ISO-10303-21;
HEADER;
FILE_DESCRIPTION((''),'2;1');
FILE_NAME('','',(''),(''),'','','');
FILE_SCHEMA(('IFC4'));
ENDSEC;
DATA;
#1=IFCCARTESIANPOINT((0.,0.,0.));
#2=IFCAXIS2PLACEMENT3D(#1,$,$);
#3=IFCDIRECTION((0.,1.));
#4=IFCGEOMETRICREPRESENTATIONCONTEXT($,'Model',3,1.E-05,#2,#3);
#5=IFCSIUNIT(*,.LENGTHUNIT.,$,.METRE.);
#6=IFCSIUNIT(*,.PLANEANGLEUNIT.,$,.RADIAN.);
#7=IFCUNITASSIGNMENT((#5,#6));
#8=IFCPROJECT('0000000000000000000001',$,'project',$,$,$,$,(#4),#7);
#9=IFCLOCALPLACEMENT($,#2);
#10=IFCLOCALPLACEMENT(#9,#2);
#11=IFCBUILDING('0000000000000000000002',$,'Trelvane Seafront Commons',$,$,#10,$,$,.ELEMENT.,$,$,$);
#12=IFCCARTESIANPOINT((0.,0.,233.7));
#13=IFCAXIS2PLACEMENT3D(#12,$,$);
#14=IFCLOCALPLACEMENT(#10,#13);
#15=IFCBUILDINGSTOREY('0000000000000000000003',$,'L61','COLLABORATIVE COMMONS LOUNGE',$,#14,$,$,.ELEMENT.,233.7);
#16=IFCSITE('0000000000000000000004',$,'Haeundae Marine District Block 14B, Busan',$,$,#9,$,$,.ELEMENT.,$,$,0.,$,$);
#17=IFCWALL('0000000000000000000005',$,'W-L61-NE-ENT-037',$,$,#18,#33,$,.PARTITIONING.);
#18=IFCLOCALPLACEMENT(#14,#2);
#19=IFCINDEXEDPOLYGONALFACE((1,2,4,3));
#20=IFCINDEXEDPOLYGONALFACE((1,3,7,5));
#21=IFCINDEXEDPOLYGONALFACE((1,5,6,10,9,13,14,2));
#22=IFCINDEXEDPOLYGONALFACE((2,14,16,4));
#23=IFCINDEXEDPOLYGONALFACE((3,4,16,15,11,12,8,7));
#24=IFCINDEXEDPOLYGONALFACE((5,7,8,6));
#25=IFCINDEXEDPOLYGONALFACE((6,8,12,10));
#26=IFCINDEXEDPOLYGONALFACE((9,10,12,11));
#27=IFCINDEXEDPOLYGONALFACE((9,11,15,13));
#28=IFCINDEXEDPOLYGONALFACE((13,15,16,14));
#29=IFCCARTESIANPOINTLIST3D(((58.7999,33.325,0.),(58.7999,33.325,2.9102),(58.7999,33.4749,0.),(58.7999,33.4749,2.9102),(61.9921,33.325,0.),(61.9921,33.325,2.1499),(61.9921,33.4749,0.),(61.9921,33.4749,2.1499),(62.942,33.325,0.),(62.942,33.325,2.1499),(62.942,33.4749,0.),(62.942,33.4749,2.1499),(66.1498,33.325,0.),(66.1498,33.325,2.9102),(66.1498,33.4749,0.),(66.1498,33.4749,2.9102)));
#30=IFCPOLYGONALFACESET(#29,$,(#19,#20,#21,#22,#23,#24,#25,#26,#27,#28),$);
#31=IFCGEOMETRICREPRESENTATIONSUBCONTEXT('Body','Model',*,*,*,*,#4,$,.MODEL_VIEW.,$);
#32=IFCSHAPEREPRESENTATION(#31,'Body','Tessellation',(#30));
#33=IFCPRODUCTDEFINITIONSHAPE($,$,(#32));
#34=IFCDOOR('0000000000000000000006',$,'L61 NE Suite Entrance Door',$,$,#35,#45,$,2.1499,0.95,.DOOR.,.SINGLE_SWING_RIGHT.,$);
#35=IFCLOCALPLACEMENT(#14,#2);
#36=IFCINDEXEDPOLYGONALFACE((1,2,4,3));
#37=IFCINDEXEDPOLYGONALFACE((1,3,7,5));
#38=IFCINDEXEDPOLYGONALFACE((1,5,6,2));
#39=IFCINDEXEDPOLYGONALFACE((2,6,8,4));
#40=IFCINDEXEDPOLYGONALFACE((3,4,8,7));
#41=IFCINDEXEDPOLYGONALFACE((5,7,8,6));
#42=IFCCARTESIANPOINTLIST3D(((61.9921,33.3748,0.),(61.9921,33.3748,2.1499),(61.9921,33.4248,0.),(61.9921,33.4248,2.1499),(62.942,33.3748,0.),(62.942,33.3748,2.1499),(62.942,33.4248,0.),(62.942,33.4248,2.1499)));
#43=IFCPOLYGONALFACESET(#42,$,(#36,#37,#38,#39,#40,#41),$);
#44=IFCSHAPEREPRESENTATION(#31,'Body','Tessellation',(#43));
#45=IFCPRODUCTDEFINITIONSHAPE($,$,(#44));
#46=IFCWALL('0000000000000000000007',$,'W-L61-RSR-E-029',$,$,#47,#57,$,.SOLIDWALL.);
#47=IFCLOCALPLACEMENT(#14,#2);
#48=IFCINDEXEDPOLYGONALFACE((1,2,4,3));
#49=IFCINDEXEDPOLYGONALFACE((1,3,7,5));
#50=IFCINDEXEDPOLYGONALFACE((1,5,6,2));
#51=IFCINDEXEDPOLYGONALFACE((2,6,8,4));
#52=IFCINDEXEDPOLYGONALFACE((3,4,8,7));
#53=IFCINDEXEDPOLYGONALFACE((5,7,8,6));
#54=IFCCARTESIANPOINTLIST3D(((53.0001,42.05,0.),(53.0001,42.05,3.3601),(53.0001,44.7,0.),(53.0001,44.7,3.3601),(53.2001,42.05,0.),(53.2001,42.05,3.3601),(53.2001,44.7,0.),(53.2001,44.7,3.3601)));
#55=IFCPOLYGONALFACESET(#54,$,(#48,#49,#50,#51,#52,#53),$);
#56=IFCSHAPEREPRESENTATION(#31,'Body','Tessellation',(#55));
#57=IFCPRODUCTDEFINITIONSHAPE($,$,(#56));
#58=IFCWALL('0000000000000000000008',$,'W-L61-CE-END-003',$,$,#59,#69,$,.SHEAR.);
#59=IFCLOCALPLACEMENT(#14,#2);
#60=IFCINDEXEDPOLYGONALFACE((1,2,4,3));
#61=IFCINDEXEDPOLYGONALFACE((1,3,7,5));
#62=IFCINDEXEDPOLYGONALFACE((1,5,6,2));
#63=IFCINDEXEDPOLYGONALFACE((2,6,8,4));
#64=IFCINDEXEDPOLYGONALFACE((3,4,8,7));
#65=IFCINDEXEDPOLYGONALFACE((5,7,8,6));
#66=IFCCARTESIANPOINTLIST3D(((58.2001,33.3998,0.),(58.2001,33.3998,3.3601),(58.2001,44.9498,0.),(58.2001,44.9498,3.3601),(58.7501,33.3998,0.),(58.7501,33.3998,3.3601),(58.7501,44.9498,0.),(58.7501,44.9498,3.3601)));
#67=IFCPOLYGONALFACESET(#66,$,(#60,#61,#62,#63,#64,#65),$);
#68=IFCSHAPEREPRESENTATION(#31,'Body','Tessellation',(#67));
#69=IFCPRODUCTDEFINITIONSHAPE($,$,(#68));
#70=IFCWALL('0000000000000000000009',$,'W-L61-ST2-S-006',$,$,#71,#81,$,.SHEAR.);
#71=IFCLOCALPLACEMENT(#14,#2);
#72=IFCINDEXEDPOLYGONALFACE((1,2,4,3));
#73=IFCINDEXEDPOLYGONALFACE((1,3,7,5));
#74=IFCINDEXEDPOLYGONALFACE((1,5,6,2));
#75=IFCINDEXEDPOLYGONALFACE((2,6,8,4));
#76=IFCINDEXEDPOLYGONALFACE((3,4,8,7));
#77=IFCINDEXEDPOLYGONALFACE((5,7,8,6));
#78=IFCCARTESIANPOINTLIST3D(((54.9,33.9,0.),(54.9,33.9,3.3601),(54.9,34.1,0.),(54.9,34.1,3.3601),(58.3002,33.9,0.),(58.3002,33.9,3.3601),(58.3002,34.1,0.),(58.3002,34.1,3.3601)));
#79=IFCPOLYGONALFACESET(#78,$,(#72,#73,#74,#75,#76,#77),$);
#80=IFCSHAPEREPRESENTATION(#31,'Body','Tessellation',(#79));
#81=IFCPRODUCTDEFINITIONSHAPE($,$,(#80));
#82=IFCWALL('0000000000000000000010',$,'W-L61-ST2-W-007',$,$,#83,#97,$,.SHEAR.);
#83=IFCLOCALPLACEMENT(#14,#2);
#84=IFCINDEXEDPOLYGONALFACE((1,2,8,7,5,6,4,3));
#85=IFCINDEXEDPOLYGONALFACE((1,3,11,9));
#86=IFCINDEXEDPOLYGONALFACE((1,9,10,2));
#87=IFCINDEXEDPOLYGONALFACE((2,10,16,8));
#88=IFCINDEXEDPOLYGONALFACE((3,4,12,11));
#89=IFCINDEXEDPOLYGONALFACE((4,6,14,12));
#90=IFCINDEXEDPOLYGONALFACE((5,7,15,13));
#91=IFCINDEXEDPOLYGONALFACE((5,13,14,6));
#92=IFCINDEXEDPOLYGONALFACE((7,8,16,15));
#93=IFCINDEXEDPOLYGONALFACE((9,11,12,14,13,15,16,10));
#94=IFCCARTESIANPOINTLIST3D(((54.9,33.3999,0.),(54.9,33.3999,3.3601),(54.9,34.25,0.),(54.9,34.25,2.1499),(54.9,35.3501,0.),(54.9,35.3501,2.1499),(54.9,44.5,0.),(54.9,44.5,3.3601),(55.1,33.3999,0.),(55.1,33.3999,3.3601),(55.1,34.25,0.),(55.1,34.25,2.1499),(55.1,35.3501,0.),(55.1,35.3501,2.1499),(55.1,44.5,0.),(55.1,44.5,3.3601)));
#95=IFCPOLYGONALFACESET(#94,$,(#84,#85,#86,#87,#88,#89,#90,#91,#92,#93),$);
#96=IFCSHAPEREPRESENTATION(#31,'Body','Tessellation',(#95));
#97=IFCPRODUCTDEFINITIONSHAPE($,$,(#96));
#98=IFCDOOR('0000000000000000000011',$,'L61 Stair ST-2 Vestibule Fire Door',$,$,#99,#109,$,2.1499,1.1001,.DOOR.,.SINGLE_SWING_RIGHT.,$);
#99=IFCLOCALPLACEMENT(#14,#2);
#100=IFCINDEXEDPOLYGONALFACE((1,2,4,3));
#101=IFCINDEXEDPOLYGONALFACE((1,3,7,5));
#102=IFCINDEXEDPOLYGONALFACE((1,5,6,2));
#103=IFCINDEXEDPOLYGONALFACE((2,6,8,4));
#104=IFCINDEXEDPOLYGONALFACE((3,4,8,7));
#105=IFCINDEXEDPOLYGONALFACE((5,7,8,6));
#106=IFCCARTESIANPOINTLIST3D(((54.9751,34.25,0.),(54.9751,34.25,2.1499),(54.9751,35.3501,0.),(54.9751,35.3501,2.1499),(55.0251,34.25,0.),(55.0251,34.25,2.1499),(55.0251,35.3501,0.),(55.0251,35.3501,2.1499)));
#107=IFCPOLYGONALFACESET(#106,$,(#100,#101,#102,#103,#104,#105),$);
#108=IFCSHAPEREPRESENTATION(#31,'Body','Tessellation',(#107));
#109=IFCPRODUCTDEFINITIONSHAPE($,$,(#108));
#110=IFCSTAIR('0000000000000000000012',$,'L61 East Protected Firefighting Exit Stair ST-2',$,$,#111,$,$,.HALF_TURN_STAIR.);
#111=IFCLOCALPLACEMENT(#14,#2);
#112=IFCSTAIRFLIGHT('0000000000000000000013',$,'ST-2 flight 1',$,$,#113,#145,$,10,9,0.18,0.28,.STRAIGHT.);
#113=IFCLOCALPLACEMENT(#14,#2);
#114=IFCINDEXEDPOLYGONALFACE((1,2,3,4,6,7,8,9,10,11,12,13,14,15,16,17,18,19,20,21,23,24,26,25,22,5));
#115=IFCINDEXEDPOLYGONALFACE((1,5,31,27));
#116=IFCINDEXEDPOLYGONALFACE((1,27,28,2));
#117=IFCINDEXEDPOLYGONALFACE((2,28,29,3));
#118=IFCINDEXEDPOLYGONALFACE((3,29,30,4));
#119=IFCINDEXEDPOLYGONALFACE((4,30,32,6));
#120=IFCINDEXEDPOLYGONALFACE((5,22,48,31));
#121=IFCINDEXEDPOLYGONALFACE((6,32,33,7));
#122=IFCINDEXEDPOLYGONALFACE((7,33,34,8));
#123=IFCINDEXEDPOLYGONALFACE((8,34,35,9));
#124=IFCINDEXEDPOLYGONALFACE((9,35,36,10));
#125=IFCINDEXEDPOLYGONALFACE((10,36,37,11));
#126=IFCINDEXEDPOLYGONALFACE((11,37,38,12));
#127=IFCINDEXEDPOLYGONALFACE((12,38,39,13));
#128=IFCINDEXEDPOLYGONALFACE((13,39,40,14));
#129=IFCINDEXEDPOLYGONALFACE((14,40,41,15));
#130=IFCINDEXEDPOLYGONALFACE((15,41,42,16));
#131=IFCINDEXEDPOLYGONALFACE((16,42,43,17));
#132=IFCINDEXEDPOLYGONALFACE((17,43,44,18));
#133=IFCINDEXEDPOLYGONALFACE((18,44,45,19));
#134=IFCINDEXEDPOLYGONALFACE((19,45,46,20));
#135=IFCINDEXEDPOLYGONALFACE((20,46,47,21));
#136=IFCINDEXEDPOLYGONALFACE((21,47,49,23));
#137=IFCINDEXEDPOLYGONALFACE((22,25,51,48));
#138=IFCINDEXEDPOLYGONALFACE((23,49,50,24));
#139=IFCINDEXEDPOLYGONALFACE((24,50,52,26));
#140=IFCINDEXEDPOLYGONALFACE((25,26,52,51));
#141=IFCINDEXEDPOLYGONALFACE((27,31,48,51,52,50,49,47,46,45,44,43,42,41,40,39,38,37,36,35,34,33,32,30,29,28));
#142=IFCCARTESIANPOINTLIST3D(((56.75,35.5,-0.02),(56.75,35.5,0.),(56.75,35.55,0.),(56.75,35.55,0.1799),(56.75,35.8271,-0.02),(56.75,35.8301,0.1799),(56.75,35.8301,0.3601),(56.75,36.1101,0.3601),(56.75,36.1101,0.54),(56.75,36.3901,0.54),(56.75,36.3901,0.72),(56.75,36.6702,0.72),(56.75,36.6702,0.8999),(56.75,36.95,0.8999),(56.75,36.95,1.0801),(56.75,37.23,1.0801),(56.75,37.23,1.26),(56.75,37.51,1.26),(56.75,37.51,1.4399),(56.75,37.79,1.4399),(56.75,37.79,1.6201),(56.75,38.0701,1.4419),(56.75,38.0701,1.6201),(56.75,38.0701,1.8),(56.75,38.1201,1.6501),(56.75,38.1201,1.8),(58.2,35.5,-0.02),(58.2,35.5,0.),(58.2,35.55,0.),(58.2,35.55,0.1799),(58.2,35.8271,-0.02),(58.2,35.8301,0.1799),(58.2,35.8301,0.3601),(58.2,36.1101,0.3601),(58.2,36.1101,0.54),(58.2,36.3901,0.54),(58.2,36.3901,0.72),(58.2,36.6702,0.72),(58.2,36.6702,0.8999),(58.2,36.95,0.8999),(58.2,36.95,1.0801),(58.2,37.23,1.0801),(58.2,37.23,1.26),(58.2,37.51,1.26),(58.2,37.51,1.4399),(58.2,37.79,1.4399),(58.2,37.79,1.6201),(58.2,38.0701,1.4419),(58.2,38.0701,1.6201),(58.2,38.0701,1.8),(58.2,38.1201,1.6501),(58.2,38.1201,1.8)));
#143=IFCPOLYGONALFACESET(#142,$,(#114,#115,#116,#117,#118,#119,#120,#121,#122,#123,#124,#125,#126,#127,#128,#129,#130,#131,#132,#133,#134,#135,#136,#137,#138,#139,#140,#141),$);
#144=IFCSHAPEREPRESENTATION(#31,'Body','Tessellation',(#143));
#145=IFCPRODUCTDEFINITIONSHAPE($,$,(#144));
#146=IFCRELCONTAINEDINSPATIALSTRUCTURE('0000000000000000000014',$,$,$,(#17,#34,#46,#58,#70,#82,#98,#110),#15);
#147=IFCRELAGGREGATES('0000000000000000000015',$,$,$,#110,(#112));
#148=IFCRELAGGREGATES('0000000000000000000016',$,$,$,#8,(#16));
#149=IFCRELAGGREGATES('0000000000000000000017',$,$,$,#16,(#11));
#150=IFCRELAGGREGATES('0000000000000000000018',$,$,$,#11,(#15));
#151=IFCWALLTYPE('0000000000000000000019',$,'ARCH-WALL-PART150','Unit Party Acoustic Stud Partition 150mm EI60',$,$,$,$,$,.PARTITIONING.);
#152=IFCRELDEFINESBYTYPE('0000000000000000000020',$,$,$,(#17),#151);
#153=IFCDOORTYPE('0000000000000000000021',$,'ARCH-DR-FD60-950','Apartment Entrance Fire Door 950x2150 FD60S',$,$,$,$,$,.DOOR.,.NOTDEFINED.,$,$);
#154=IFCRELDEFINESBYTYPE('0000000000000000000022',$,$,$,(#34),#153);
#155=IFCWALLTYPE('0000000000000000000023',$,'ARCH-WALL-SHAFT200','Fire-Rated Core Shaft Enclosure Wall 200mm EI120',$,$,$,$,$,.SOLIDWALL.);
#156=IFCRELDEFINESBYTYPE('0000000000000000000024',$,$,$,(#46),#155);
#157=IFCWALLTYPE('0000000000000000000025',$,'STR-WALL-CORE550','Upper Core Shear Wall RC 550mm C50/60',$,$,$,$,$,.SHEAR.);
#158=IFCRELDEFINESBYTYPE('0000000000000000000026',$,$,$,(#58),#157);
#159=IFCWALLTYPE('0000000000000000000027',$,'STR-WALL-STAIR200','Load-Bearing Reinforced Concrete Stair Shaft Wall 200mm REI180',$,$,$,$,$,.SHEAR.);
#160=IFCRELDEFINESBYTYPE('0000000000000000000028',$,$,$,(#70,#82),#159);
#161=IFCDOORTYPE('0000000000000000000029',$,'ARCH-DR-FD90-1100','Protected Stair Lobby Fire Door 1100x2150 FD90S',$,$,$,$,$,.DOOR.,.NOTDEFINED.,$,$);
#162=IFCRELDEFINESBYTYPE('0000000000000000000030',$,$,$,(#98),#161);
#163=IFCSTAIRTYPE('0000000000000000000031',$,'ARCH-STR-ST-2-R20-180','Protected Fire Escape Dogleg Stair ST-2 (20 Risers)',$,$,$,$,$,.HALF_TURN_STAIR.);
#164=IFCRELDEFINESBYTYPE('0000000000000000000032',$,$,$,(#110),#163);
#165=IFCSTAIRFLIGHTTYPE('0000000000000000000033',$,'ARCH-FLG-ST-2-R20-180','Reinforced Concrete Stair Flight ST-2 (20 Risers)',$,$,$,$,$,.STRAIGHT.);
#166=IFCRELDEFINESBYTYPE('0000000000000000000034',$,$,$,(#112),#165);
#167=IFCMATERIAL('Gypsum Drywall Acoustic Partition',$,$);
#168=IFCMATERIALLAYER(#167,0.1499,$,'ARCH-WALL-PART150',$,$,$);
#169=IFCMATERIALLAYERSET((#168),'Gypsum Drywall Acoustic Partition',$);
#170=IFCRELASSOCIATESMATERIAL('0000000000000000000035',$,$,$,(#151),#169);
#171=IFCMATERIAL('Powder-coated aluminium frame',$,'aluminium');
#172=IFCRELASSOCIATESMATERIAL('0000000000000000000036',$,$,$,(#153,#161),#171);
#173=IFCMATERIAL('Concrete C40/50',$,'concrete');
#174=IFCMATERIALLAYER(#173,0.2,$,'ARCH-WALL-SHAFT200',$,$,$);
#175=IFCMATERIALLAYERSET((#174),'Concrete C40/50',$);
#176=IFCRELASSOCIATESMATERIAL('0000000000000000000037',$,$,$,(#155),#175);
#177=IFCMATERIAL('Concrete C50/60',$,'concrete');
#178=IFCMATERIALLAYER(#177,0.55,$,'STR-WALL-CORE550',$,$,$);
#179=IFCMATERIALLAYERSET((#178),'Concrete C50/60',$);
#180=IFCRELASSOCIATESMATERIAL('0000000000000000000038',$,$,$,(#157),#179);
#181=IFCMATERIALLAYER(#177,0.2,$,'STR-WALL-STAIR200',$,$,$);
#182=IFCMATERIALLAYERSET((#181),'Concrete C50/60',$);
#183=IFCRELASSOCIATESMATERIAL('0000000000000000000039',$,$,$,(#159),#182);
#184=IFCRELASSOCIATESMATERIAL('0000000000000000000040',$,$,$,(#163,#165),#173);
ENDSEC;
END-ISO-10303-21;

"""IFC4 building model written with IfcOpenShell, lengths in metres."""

from ifc_helpers import new_model, si_unit, direction, frame, frame_2d, origin, place, context, subcontext, project, spatial, polyline, rectangle, outline, extrude, source, transform, mapped, material, layer, layer_set, type_object, element, fill, aggregate, save


model = new_model("IFC4")

# Units and contexts
model_context = context("Model", 3, precision=1e-05, world=origin(), true_north=direction((0.0, 1.0)))
body_context = subcontext(model_context, "Body", "Model", "MODEL_VIEW")
ifc_project = project(units=[si_unit("LENGTHUNIT", "METRE"), si_unit("PLANEANGLEUNIT", "RADIAN")], contexts=[model_context])

# Site, building, storey
site_placement = place(None, origin())
site = spatial("IfcSite", under=ifc_project, at=site_placement, Name="Haeundae Marine District Block 14B, Busan", CompositionType="ELEMENT", RefElevation=0.0)
building_placement = place(site_placement, origin())
building = spatial("IfcBuilding", under=site, at=building_placement, Name="Trelvane Seafront Commons", CompositionType="ELEMENT")
storey_placement = place(building_placement, frame((0.0, 0.0, 233.7)))
storey = spatial("IfcBuildingStorey", under=building, at=storey_placement, Name="L61", Description="COLLABORATIVE COMMONS LOUNGE", CompositionType="ELEMENT", Elevation=233.7)

# Shared definitions
ifc_material_1 = material(Name="Concrete C50/60", Category="concrete")

# Shared definitions
ifc_material_2 = material(Name="Concrete C40/50", Category="concrete")

# Wall, opening, door
ifc_material_3 = material(Name="Gypsum Drywall Acoustic Partition")
ifc_layer_1 = layer(ifc_material_3, 0.1499, Name="ARCH-WALL-PART150")
ifc_layer_set_1 = layer_set([ifc_layer_1], Name="Gypsum Drywall Acoustic Partition")
wall_type_1 = type_object("IfcWallType", Name="ARCH-WALL-PART150", Description="Unit Party Acoustic Stud Partition 150mm EI60", PredefinedType="PARTITIONING", material=ifc_layer_set_1)
wall_1_placement = place(storey_placement, frame((58.8, 33.3999, 0.0), z_axis=(0.0, 0.0, 1.0), x_axis=(1.0, 0.0, 0.0)))
wall_1 = element("IfcWall", 1, at=wall_1_placement, inside=storey, type_object=wall_type_1, Name="W-L61-NE-ENT-037", PredefinedType="PARTITIONING", context=body_context, shape_type="SweptSolid", body=[
    extrude(rectangle(XDim=7.3499, YDim=0.1499, at=frame_2d((3.6748, 0.0))), origin(), (0.0, 0.0, 1.0), 2.9102),
])
opening_1_placement = place(wall_1_placement, frame((3.1919, 0.0, 0.0)))
opening_1 = element("IfcOpeningElement", 2, at=opening_1_placement, cuts=wall_1, PredefinedType="OPENING", context=body_context, shape_type="SweptSolid", body=[
    extrude(rectangle(XDim=0.95, YDim=2.1499, at=frame_2d((0.4751, 1.075))), frame((0.0, 0.085, 0.0), z_axis=(0.0, -1.0, 0.0), x_axis=(1.0, 0.0, 0.0)), (0.0, 0.0, 1.0), 0.1699),
])
ifc_material_4 = material(Name="Powder-coated aluminium frame", Category="aluminium")
door_type_1 = type_object("IfcDoorType", Name="ARCH-DR-FD60-950", Description="Apartment Entrance Fire Door 950x2150 FD60S", OperationType="NOTDEFINED", PredefinedType="DOOR", material=ifc_material_4)
shared_shape_1 = source(origin(), body_context, "Body", "SweptSolid", [
    extrude(rectangle(XDim=0.95, YDim=2.1499, at=frame_2d((0.4751, 1.075))), frame((0.0, 0.0249, 0.0), z_axis=(0.0, -1.0, 0.0), x_axis=(1.0, 0.0, 0.0)), (0.0, 0.0, 1.0), 0.05),
])
door_1_placement = place(opening_1_placement, origin())
door_1 = element("IfcDoor", 3, at=door_1_placement, inside=storey, type_object=door_type_1, Name="L61 NE Suite Entrance Door", OperationType="SINGLE_SWING_RIGHT", OverallHeight=2.1499, OverallWidth=0.95, PredefinedType="DOOR", context=body_context, shape_type="MappedRepresentation", body=[
    mapped(shared_shape_1, transform((0.0, 0.0, 0.0), x_axis=(1.0, 0.0, 0.0), y_axis=(0.0, 1.0, 0.0), z_axis=(0.0, 0.0, 1.0), scale=1.0)),
])
fill(opening_1, door_1)

# Walls
ifc_layer_2 = layer(ifc_material_2, 0.2, Name="ARCH-WALL-SHAFT200")
ifc_layer_set_2 = layer_set([ifc_layer_2], Name="Concrete C40/50")
wall_type_2 = type_object("IfcWallType", Name="ARCH-WALL-SHAFT200", Description="Fire-Rated Core Shaft Enclosure Wall 200mm EI120", PredefinedType="SOLIDWALL", material=ifc_layer_set_2)
wall_2_placement = place(storey_placement, frame((53.1001, 42.05, 0.0), z_axis=(0.0, 0.0, 1.0), x_axis=(0.0, 1.0, 0.0)))
element("IfcWall", 4, at=wall_2_placement, inside=storey, type_object=wall_type_2, Name="W-L61-RSR-E-029", PredefinedType="SOLIDWALL", context=body_context, shape_type="SweptSolid", body=[
    extrude(rectangle(XDim=2.6499, YDim=0.2, at=frame_2d((1.325, 0.0))), origin(), (0.0, 0.0, 1.0), 3.3601),
])
ifc_layer_3 = layer(ifc_material_1, 0.55, Name="STR-WALL-CORE550")
ifc_layer_set_3 = layer_set([ifc_layer_3], Name="Concrete C50/60")
wall_type_3 = type_object("IfcWallType", Name="STR-WALL-CORE550", Description="Upper Core Shear Wall RC 550mm C50/60", PredefinedType="SHEAR", material=ifc_layer_set_3)
wall_3_placement = place(storey_placement, frame((58.4751, 33.3999, 0.0), z_axis=(0.0, 0.0, 1.0), x_axis=(0.0, 1.0, 0.0)))
element("IfcWall", 5, at=wall_3_placement, inside=storey, type_object=wall_type_3, Name="W-L61-CE-END-003", PredefinedType="SHEAR", context=body_context, shape_type="SweptSolid", body=[
    extrude(rectangle(XDim=11.55, YDim=0.55, at=frame_2d((5.7749, 0.0))), origin(), (0.0, 0.0, 1.0), 3.3601),
])
ifc_layer_4 = layer(ifc_material_1, 0.2, Name="STR-WALL-STAIR200")
ifc_layer_set_4 = layer_set([ifc_layer_4], Name="Concrete C50/60")
wall_type_4 = type_object("IfcWallType", Name="STR-WALL-STAIR200", Description="Load-Bearing Reinforced Concrete Stair Shaft Wall 200mm REI180", PredefinedType="SHEAR", material=ifc_layer_set_4)
wall_4_placement = place(storey_placement, frame((54.8999, 34.0, 0.0), z_axis=(0.0, 0.0, 1.0), x_axis=(1.0, 0.0, 0.0)))
element("IfcWall", 6, at=wall_4_placement, inside=storey, type_object=wall_type_4, Name="W-L61-ST2-S-006", PredefinedType="SHEAR", context=body_context, shape_type="SweptSolid", body=[
    extrude(rectangle(XDim=3.4001, YDim=0.2, at=frame_2d((1.7002, 0.0))), origin(), (0.0, 0.0, 1.0), 3.3601),
])

# Wall, opening, door
wall_5_placement = place(storey_placement, frame((55.0, 33.3999, 0.0), z_axis=(0.0, 0.0, 1.0), x_axis=(0.0, 1.0, 0.0)))
wall_5 = element("IfcWall", 7, at=wall_5_placement, inside=storey, type_object=wall_type_4, Name="W-L61-ST2-W-007", PredefinedType="SHEAR", context=body_context, shape_type="SweptSolid", body=[
    extrude(rectangle(XDim=11.1001, YDim=0.2, at=frame_2d((5.55, 0.0))), origin(), (0.0, 0.0, 1.0), 3.3601),
])
opening_2_placement = place(wall_5_placement, frame((0.8501, 0.0, 0.0)))
opening_2 = element("IfcOpeningElement", 8, at=opening_2_placement, cuts=wall_5, PredefinedType="OPENING", context=body_context, shape_type="SweptSolid", body=[
    extrude(rectangle(XDim=1.1001, YDim=2.1499, at=frame_2d((0.55, 1.075))), frame((0.0, 0.1099, 0.0), z_axis=(0.0, -1.0, 0.0), x_axis=(1.0, 0.0, 0.0)), (0.0, 0.0, 1.0), 0.22),
])
door_type_2 = type_object("IfcDoorType", Name="ARCH-DR-FD90-1100", Description="Protected Stair Lobby Fire Door 1100x2150 FD90S", OperationType="NOTDEFINED", PredefinedType="DOOR", material=ifc_material_4)
shared_shape_2 = source(origin(), body_context, "Body", "SweptSolid", [
    extrude(rectangle(XDim=1.1001, YDim=2.1499, at=frame_2d((0.55, 1.075))), frame((0.0, 0.0249, 0.0), z_axis=(0.0, -1.0, 0.0), x_axis=(1.0, 0.0, 0.0)), (0.0, 0.0, 1.0), 0.05),
])
door_2_placement = place(opening_2_placement, origin())
door_2 = element("IfcDoor", 9, at=door_2_placement, inside=storey, type_object=door_type_2, Name="L61 Stair ST-2 Vestibule Fire Door", OperationType="SINGLE_SWING_RIGHT", OverallHeight=2.1499, OverallWidth=1.1001, PredefinedType="DOOR", context=body_context, shape_type="MappedRepresentation", body=[
    mapped(shared_shape_2, transform((0.0, 0.0, 0.0), x_axis=(1.0, 0.0, 0.0), y_axis=(0.0, 1.0, 0.0), z_axis=(0.0, 0.0, 1.0), scale=1.0)),
])
fill(opening_2, door_2)

# Stair, stair flight
stair_type = type_object("IfcStairType", Name="ARCH-STR-ST-2-R20-180", Description="Protected Fire Escape Dogleg Stair ST-2 (20 Risers)", PredefinedType="HALF_TURN_STAIR", material=ifc_material_2)
stair_placement = place(storey_placement, origin())
stair = element("IfcStair", 10, at=stair_placement, inside=storey, type_object=stair_type, Name="L61 East Protected Firefighting Exit Stair ST-2", PredefinedType="HALF_TURN_STAIR")
stair_flight_type = type_object("IfcStairFlightType", Name="ARCH-FLG-ST-2-R20-180", Description="Reinforced Concrete Stair Flight ST-2 (20 Risers)", PredefinedType="STRAIGHT", material=ifc_material_2)
shared_shape_3 = source(origin(), body_context, "Body", "SweptSolid", [
    extrude(outline(polyline([(-0.05, -0.02), (-0.05, 0.0), (0.0, 0.0), (0.0, 0.1799), (0.28, 0.1799), (0.28, 0.3601), (0.5601, 0.3601), (0.5601, 0.54), (0.8401, 0.54), (0.8401, 0.72), (1.1201, 0.72), (1.1201, 0.8999), (1.3999, 0.8999), (1.3999, 1.0801), (1.6799, 1.0801), (1.6799, 1.26), (1.96, 1.26), (1.96, 1.4399), (2.24, 1.4399), (2.24, 1.6201), (2.52, 1.6201), (2.52, 1.8), (2.5701, 1.8), (2.5701, 1.6501), (2.52, 1.4419), (0.2771, -0.02), (-0.05, -0.02)])), frame((0.0, 0.7251, 0.0), z_axis=(0.0, -1.0, 0.0), x_axis=(1.0, 0.0, 0.0)), (0.0, 0.0, 1.0), 1.45),
])
stair_flight_1_placement = place(storey_placement, frame((57.4751, 35.55, 0.0), z_axis=(0.0, 0.0, 1.0), x_axis=(0.0, 1.0, 0.0)))
stair_flight_1 = element("IfcStairFlight", 11, at=stair_flight_1_placement, type_object=stair_flight_type, Name="ST-2 flight 1", NumberOfRisers=10, NumberOfTreads=9, PredefinedType="STRAIGHT", RiserHeight=0.18, TreadLength=0.28, context=body_context, shape_type="MappedRepresentation", body=[
    mapped(shared_shape_3, transform((0.0, 0.0, 0.0), x_axis=(1.0, 0.0, 0.0), y_axis=(0.0, 1.0, 0.0), z_axis=(0.0, 0.0, 1.0), scale=1.0)),
])
aggregate(stair, [stair_flight_1])

save(model, "model.ifc")
